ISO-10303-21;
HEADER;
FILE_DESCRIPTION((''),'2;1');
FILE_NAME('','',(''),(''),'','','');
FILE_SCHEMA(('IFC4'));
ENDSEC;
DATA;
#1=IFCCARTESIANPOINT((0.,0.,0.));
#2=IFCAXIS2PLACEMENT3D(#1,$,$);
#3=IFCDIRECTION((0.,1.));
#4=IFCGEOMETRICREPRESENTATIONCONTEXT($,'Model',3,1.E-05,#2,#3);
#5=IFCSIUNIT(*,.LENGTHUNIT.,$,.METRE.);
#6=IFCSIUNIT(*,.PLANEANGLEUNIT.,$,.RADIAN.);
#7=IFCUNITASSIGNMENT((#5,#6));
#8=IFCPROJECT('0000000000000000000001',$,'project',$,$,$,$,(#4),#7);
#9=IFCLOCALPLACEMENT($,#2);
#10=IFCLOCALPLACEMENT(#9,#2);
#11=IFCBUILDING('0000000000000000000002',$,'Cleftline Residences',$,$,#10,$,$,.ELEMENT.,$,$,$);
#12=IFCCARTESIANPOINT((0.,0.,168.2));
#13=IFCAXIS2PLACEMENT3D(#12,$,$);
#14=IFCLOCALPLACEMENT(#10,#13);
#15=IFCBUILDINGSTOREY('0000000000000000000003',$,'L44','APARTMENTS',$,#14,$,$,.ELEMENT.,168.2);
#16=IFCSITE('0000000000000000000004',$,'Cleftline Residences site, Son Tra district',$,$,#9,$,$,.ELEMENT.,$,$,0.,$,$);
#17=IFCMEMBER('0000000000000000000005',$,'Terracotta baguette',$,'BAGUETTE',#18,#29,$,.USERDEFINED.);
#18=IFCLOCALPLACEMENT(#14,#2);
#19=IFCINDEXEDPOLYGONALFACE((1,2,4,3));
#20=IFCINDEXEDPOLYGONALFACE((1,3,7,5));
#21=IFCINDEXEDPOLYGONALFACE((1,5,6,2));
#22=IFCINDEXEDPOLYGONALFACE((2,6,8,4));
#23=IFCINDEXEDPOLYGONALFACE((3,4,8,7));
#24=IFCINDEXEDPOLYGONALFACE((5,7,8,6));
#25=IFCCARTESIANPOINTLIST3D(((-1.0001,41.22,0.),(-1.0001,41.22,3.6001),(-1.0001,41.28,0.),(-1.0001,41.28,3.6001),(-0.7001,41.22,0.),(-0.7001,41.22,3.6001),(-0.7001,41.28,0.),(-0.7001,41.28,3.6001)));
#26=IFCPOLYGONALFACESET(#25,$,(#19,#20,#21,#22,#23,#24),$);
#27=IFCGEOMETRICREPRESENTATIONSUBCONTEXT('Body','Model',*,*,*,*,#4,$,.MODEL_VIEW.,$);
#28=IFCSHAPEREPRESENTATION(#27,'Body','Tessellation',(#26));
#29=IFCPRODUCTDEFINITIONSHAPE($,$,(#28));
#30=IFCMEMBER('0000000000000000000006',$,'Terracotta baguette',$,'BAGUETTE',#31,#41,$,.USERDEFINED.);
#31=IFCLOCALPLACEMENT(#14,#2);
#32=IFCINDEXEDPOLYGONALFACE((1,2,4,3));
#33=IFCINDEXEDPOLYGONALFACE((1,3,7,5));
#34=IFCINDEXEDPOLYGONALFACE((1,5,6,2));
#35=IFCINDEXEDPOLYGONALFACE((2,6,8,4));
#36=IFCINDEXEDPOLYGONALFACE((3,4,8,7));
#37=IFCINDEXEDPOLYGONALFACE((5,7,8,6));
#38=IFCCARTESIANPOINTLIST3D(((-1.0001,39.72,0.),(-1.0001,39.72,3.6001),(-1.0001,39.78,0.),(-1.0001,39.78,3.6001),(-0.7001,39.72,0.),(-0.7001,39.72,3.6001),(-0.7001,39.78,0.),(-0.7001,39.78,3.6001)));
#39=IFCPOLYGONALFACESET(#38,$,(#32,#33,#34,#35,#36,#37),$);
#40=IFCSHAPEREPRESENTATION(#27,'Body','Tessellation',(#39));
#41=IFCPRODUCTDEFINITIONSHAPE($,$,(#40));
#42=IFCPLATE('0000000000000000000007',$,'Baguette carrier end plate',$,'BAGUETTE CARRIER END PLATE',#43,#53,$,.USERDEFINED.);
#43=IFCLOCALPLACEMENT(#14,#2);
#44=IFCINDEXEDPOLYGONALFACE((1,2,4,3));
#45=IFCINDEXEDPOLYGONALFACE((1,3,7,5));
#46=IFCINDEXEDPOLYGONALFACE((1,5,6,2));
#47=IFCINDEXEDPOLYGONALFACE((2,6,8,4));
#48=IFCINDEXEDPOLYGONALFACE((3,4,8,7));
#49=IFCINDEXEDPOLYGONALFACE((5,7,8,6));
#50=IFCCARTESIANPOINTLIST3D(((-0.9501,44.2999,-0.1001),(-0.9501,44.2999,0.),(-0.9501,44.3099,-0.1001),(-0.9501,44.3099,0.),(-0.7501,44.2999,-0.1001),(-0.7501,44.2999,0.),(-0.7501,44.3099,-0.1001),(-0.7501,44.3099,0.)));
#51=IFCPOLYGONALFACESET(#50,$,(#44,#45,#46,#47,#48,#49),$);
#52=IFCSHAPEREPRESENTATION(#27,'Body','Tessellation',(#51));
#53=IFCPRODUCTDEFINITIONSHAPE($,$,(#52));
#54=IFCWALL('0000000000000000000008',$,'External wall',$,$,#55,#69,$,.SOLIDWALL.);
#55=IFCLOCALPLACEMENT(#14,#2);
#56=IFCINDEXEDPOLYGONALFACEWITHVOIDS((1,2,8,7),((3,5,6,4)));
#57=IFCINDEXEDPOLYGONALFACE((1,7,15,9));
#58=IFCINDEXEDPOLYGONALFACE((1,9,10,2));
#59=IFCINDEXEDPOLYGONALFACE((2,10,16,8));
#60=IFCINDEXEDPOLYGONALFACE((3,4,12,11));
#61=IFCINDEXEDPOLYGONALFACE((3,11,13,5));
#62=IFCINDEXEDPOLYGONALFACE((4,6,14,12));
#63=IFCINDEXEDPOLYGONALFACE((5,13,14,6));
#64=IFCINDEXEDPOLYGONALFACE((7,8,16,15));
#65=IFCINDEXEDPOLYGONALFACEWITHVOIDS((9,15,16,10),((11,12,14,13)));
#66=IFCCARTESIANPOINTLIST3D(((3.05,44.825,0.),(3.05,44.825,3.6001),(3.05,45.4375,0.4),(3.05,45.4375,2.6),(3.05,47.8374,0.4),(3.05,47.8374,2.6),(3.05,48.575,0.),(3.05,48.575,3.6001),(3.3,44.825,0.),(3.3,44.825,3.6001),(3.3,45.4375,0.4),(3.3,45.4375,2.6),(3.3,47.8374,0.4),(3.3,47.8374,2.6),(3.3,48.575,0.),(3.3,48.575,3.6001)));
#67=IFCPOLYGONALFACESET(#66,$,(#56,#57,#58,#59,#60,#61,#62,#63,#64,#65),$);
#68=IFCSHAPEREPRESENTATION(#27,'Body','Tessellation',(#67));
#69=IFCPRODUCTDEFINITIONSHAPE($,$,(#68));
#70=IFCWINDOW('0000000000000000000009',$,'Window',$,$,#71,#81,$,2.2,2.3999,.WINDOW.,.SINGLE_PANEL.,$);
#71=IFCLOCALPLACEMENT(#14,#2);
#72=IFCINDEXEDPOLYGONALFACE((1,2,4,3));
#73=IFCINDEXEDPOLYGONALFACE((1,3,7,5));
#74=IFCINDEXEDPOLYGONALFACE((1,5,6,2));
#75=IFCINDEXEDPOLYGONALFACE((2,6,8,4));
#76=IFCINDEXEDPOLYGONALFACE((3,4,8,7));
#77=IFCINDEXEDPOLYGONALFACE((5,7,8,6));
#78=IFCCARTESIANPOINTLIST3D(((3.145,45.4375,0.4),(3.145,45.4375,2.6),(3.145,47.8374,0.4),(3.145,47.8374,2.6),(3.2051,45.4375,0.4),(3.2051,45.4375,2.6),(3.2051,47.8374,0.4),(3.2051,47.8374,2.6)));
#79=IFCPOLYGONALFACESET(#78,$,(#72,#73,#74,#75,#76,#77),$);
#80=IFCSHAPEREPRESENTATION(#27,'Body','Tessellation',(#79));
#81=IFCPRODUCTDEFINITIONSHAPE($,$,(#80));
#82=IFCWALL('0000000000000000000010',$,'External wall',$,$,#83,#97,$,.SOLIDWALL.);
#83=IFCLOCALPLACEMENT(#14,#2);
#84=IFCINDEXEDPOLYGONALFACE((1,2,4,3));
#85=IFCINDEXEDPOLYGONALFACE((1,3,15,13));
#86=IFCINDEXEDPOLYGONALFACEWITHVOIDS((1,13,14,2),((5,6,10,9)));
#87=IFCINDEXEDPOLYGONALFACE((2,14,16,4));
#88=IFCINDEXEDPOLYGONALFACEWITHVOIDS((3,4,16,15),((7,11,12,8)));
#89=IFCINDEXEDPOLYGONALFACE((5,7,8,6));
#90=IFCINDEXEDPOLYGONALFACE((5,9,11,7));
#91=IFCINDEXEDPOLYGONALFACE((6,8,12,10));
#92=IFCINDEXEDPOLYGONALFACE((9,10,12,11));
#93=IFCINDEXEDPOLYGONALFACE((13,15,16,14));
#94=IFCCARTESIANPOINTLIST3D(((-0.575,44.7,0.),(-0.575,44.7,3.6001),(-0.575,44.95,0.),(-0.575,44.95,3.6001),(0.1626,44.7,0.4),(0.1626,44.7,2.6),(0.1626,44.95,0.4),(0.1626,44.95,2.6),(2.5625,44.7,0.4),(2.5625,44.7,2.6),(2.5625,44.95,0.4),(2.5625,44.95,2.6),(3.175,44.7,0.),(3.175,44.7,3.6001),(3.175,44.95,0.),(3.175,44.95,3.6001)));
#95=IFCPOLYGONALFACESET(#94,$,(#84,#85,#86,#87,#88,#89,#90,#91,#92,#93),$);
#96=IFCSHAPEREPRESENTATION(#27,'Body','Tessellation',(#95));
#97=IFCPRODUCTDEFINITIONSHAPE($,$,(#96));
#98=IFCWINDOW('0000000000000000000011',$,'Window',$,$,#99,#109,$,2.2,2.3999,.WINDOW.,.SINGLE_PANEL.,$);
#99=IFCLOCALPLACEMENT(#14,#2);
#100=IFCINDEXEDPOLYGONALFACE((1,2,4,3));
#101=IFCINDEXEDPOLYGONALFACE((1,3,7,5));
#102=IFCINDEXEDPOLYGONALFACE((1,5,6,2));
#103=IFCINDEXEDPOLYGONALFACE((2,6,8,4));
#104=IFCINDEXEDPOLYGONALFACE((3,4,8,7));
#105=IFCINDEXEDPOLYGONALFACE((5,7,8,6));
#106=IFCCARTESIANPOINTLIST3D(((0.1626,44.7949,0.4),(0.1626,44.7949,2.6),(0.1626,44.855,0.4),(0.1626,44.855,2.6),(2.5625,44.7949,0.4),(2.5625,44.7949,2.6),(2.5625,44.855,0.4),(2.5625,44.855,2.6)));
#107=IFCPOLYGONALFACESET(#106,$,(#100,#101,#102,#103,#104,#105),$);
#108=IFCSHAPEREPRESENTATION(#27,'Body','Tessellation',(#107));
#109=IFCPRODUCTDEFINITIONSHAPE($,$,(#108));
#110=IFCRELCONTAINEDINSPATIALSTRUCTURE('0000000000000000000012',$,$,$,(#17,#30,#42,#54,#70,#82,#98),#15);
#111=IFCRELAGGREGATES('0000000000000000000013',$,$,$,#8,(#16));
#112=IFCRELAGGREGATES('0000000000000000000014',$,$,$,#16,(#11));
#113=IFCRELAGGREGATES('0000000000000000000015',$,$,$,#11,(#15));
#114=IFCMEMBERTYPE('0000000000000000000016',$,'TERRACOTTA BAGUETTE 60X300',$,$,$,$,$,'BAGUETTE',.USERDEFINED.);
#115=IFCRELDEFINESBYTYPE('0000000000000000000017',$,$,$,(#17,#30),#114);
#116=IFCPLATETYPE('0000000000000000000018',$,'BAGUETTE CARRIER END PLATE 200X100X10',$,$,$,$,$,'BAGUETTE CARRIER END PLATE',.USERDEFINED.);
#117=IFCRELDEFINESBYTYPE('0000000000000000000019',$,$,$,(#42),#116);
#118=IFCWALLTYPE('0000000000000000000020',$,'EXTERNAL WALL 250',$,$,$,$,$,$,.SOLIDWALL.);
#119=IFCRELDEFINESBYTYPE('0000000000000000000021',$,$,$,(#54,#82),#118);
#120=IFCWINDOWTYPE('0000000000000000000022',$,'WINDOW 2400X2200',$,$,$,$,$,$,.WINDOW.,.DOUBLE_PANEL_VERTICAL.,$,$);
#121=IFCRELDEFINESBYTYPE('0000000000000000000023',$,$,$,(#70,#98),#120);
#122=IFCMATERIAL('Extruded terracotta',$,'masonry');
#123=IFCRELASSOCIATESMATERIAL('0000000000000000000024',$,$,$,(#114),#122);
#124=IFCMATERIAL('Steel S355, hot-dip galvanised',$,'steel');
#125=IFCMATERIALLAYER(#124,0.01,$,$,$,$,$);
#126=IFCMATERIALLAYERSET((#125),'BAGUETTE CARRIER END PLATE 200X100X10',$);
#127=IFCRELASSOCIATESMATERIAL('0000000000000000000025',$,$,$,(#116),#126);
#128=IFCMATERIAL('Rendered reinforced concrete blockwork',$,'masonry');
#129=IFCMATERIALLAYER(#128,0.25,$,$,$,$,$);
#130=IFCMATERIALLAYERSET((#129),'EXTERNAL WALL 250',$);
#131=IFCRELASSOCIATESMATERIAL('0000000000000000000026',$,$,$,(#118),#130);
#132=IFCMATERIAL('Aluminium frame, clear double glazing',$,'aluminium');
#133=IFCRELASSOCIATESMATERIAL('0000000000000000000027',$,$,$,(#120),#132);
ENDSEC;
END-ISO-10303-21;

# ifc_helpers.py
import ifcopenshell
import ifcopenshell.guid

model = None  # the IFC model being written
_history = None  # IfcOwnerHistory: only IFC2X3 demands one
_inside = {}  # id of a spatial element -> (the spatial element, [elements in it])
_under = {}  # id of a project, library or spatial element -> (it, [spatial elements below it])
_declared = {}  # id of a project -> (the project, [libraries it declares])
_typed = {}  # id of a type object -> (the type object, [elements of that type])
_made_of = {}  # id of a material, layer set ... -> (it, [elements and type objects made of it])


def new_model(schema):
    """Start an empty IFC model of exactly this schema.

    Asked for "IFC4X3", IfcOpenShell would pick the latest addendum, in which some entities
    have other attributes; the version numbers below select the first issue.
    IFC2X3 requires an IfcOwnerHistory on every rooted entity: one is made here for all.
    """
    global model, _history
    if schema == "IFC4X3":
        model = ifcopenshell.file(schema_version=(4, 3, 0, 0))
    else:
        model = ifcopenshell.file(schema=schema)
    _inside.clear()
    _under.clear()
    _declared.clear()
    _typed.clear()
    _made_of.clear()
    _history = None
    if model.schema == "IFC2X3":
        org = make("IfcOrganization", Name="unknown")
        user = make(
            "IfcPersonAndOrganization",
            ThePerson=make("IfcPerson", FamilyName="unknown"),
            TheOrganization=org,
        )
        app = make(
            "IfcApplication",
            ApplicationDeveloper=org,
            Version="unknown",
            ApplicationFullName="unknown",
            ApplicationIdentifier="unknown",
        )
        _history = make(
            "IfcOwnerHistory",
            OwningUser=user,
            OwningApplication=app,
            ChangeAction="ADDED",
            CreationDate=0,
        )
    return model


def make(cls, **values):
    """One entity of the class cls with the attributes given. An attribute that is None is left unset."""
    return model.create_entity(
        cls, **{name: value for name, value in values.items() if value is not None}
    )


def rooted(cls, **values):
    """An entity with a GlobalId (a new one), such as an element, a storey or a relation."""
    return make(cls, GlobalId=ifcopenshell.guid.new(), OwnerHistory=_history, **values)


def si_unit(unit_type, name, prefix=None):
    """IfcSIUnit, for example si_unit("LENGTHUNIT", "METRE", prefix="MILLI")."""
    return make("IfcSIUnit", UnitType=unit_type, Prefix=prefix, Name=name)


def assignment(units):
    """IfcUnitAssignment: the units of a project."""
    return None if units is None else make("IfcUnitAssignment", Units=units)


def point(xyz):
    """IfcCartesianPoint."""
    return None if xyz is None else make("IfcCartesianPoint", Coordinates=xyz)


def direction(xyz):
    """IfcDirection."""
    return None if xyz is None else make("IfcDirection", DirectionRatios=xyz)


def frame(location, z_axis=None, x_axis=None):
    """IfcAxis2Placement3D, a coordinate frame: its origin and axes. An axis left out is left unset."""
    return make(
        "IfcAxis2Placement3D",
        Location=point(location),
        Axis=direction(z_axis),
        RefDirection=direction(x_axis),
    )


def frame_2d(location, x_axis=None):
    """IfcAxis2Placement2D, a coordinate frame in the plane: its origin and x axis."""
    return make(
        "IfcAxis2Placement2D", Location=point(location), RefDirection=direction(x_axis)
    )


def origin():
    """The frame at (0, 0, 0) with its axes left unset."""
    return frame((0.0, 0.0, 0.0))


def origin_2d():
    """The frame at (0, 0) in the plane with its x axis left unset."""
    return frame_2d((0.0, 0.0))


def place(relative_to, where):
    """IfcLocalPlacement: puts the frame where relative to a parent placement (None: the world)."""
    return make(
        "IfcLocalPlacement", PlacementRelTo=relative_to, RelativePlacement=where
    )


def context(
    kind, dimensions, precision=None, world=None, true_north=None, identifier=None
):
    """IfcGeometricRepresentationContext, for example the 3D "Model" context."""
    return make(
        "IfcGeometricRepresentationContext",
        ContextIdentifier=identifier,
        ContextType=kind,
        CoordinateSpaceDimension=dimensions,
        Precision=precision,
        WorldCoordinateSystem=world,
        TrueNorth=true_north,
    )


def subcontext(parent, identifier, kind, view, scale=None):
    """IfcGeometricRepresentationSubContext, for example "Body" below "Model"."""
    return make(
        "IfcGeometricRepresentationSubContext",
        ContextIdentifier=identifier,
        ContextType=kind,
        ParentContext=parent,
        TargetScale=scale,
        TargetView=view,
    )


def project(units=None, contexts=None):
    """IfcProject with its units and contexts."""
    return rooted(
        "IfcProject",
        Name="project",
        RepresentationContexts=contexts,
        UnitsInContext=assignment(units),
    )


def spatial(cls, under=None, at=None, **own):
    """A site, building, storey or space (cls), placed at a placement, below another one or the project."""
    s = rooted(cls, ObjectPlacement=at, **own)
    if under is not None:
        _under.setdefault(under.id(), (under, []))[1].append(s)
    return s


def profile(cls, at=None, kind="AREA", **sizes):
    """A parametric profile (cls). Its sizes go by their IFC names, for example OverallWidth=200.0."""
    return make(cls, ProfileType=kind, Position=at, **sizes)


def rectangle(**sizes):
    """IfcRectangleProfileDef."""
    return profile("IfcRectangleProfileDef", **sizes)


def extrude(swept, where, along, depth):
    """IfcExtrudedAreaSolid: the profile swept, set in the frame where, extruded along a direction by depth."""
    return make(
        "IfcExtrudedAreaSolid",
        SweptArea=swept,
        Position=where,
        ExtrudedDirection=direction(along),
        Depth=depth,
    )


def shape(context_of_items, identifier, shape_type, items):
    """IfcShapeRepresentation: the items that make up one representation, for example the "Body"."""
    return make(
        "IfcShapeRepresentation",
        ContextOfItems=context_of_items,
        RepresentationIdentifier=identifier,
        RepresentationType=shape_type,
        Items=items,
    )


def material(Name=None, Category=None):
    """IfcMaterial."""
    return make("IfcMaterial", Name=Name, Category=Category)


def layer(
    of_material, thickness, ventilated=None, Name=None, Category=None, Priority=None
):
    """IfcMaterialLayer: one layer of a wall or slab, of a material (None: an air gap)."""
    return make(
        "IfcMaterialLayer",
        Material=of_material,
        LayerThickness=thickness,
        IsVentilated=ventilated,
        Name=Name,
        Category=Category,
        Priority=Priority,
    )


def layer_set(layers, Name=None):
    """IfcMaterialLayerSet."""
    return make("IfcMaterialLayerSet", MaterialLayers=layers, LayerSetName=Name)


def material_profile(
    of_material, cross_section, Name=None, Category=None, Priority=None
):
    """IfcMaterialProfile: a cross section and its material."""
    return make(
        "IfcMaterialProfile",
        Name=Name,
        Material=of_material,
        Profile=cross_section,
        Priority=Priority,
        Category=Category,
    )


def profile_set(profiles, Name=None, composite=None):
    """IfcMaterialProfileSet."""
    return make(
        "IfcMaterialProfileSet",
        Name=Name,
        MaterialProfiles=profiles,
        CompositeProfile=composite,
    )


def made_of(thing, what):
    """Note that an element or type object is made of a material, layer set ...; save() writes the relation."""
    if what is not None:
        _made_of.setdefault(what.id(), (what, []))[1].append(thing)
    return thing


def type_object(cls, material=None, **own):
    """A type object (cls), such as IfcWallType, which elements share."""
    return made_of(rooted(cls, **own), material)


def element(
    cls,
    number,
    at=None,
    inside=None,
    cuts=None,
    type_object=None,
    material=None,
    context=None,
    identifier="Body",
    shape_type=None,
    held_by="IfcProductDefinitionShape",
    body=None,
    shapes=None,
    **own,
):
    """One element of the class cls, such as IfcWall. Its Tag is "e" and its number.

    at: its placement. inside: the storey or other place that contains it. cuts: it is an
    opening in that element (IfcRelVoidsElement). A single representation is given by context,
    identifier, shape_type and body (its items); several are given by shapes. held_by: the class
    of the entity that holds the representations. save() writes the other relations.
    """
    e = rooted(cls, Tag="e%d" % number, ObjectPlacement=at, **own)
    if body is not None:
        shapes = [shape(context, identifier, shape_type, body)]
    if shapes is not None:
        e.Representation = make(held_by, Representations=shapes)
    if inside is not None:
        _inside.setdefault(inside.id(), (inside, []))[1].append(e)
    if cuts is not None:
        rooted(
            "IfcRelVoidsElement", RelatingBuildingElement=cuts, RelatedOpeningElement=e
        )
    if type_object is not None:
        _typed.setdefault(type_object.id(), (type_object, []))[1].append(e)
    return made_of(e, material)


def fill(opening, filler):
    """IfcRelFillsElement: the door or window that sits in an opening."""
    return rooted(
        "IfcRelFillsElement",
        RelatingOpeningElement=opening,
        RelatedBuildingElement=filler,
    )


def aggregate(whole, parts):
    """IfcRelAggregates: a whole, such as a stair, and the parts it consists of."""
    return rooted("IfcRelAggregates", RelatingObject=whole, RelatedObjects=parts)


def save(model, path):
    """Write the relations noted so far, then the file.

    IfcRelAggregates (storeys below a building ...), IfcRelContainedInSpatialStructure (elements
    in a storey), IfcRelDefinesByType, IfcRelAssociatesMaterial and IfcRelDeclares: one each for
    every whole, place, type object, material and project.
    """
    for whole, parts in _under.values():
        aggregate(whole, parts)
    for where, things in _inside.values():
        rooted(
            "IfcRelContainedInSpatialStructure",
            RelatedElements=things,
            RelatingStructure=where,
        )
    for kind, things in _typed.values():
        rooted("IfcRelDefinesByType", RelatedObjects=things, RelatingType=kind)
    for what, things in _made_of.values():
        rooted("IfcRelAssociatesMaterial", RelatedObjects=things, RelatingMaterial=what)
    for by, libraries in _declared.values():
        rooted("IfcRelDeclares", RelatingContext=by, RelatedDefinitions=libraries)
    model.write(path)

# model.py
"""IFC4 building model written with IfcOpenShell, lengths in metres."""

from ifc_helpers import new_model, si_unit, direction, frame, frame_2d, origin, origin_2d, place, context, subcontext, project, spatial, rectangle, extrude, material, layer, layer_set, material_profile, profile_set, type_object, element, fill, save


model = new_model("IFC4")

# Units and contexts
model_context = context("Model", 3, precision=1e-05, world=origin(), true_north=direction((0.0, 1.0)))
body_context = subcontext(model_context, "Body", "Model", "MODEL_VIEW")
ifc_project = project(units=[si_unit("LENGTHUNIT", "METRE"), si_unit("PLANEANGLEUNIT", "RADIAN")], contexts=[model_context])

# Site, building, storey
site_placement = place(None, origin())
site = spatial("IfcSite", under=ifc_project, at=site_placement, Name="Cleftline Residences site, Son Tra district", CompositionType="ELEMENT", RefElevation=0.0)
building_placement = place(site_placement, origin())
building = spatial("IfcBuilding", under=site, at=building_placement, Name="Cleftline Residences", CompositionType="ELEMENT")
storey_placement = place(building_placement, frame((0.0, 0.0, 168.2)))
storey = spatial("IfcBuildingStorey", under=building, at=storey_placement, Name="L44", Description="APARTMENTS", CompositionType="ELEMENT", Elevation=168.2)

# Members
ifc_material_1 = material(Name="Extruded terracotta", Category="masonry")
ifc_material_profile_1 = material_profile(ifc_material_1, rectangle(XDim=0.0601, YDim=0.3, at=origin_2d()))
ifc_profile_set_1 = profile_set([ifc_material_profile_1], Name="Extruded terracotta")
member_type_1 = type_object("IfcMemberType", Name="TERRACOTTA BAGUETTE 60X300", ElementType="BAGUETTE", PredefinedType="USERDEFINED", material=ifc_profile_set_1)
for number, where, z_axis, x_axis, name in (
    (1, (-0.8501, 41.25, 0.0), (0.0, 0.0, 1.0), (0.0, 1.0, 0.0), "Terracotta baguette"),
    (2, (-0.8501, 39.75, 0.0), (0.0, 0.0, 1.0), (0.0, 1.0, 0.0), "Terracotta baguette"),
):
    element("IfcMember", number, at=place(storey_placement, frame(where, z_axis=z_axis, x_axis=x_axis)), inside=storey, type_object=member_type_1, Name=name, ObjectType="BAGUETTE", PredefinedType="USERDEFINED", context=body_context, shape_type="SweptSolid", body=[
        extrude(rectangle(XDim=0.0601, YDim=0.3, at=origin_2d()), origin(), (0.0, 0.0, 1.0), 3.6001),
    ])

# Plate
ifc_material_2 = material(Name="Steel S355, hot-dip galvanised", Category="steel")
ifc_layer_1 = layer(ifc_material_2, 0.01)
ifc_layer_set_1 = layer_set([ifc_layer_1], Name="BAGUETTE CARRIER END PLATE 200X100X10")
plate_type = type_object("IfcPlateType", Name="BAGUETTE CARRIER END PLATE 200X100X10", ElementType="BAGUETTE CARRIER END PLATE", PredefinedType="USERDEFINED", material=ifc_layer_set_1)
plate_placement = place(storey_placement, frame((-0.8501, 44.3049, -0.1001), z_axis=(0.0, 0.0, 1.0), x_axis=(-1.0, 0.0, 0.0)))
element("IfcPlate", 3, at=plate_placement, inside=storey, type_object=plate_type, Name="Baguette carrier end plate", ObjectType="BAGUETTE CARRIER END PLATE", PredefinedType="USERDEFINED", context=body_context, shape_type="SweptSolid", body=[
    extrude(rectangle(XDim=0.2, YDim=0.01, at=origin_2d()), origin(), (0.0, 0.0, 1.0), 0.1001),
])

# Walls, openings, windows
ifc_material_3 = material(Name="Rendered reinforced concrete blockwork", Category="masonry")
ifc_layer_2 = layer(ifc_material_3, 0.25)
ifc_layer_set_2 = layer_set([ifc_layer_2], Name="EXTERNAL WALL 250")
wall_type_1 = type_object("IfcWallType", Name="EXTERNAL WALL 250", PredefinedType="SOLIDWALL", material=ifc_layer_set_2)
wall_1_placement = place(storey_placement, frame((3.175, 48.575, 0.0), z_axis=(0.0, 0.0, 1.0), x_axis=(0.0, -1.0, 0.0)))
wall_1 = element("IfcWall", 4, at=wall_1_placement, inside=storey, type_object=wall_type_1, Name="External wall", PredefinedType="SOLIDWALL", context=body_context, shape_type="SweptSolid", body=[
    extrude(rectangle(XDim=3.75, YDim=0.25, at=frame_2d((1.875, 0.0))), origin(), (0.0, 0.0, 1.0), 3.6001),
])
opening_1_placement = place(wall_1_placement, frame((0.7375, 0.0, 0.3999)))
opening_1 = element("IfcOpeningElement", 5, at=opening_1_placement, cuts=wall_1, PredefinedType="OPENING", context=body_context, shape_type="SweptSolid", body=[
    extrude(rectangle(XDim=2.3999, YDim=2.2, at=frame_2d((1.2, 1.1001))), frame((0.0, 0.135, 0.0), z_axis=(0.0, -1.0, 0.0), x_axis=(1.0, 0.0, 0.0)), (0.0, 0.0, 1.0), 0.27),
])
ifc_material_4 = material(Name="Aluminium frame, clear double glazing", Category="aluminium")
window_type_1 = type_object("IfcWindowType", Name="WINDOW 2400X2200", PartitioningType="DOUBLE_PANEL_VERTICAL", PredefinedType="WINDOW", material=ifc_material_4)
window_1_placement = place(opening_1_placement, origin())
window_1 = element("IfcWindow", 6, at=window_1_placement, inside=storey, type_object=window_type_1, Name="Window", OverallHeight=2.2, OverallWidth=2.3999, PartitioningType="SINGLE_PANEL", PredefinedType="WINDOW", context=body_context, shape_type="SweptSolid", body=[
    extrude(rectangle(XDim=2.3999, YDim=2.2, at=frame_2d((1.2, 1.1001))), frame((0.0, 0.03, 0.0), z_axis=(0.0, -1.0, 0.0), x_axis=(1.0, 0.0, 0.0)), (0.0, 0.0, 1.0), 0.0601),
])
fill(opening_1, window_1)
wall_2_placement = place(storey_placement, frame((3.175, 44.825, 0.0), z_axis=(0.0, 0.0, 1.0), x_axis=(-1.0, 0.0, 0.0)))
wall_2 = element("IfcWall", 7, at=wall_2_placement, inside=storey, type_object=wall_type_1, Name="External wall", PredefinedType="SOLIDWALL", context=body_context, shape_type="SweptSolid", body=[
    extrude(rectangle(XDim=3.75, YDim=0.25, at=frame_2d((1.875, 0.0))), origin(), (0.0, 0.0, 1.0), 3.6001),
])
opening_2_placement = place(wall_2_placement, frame((0.6125, 0.0, 0.3999)))
opening_2 = element("IfcOpeningElement", 8, at=opening_2_placement, cuts=wall_2, PredefinedType="OPENING", context=body_context, shape_type="SweptSolid", body=[
    extrude(rectangle(XDim=2.3999, YDim=2.2, at=frame_2d((1.2, 1.1001))), frame((0.0, 0.135, 0.0), z_axis=(0.0, -1.0, 0.0), x_axis=(1.0, 0.0, 0.0)), (0.0, 0.0, 1.0), 0.27),
])
window_2_placement = place(opening_2_placement, origin())
window_2 = element("IfcWindow", 9, at=window_2_placement, inside=storey, type_object=window_type_1, Name="Window", OverallHeight=2.2, OverallWidth=2.3999, PartitioningType="SINGLE_PANEL", PredefinedType="WINDOW", context=body_context, shape_type="SweptSolid", body=[
    extrude(rectangle(XDim=2.3999, YDim=2.2, at=frame_2d((1.2, 1.1001))), frame((0.0, 0.03, 0.0), z_axis=(0.0, -1.0, 0.0), x_axis=(1.0, 0.0, 0.0)), (0.0, 0.0, 1.0), 0.0601),
])
fill(opening_2, window_2)

save(model, "model.ifc")
